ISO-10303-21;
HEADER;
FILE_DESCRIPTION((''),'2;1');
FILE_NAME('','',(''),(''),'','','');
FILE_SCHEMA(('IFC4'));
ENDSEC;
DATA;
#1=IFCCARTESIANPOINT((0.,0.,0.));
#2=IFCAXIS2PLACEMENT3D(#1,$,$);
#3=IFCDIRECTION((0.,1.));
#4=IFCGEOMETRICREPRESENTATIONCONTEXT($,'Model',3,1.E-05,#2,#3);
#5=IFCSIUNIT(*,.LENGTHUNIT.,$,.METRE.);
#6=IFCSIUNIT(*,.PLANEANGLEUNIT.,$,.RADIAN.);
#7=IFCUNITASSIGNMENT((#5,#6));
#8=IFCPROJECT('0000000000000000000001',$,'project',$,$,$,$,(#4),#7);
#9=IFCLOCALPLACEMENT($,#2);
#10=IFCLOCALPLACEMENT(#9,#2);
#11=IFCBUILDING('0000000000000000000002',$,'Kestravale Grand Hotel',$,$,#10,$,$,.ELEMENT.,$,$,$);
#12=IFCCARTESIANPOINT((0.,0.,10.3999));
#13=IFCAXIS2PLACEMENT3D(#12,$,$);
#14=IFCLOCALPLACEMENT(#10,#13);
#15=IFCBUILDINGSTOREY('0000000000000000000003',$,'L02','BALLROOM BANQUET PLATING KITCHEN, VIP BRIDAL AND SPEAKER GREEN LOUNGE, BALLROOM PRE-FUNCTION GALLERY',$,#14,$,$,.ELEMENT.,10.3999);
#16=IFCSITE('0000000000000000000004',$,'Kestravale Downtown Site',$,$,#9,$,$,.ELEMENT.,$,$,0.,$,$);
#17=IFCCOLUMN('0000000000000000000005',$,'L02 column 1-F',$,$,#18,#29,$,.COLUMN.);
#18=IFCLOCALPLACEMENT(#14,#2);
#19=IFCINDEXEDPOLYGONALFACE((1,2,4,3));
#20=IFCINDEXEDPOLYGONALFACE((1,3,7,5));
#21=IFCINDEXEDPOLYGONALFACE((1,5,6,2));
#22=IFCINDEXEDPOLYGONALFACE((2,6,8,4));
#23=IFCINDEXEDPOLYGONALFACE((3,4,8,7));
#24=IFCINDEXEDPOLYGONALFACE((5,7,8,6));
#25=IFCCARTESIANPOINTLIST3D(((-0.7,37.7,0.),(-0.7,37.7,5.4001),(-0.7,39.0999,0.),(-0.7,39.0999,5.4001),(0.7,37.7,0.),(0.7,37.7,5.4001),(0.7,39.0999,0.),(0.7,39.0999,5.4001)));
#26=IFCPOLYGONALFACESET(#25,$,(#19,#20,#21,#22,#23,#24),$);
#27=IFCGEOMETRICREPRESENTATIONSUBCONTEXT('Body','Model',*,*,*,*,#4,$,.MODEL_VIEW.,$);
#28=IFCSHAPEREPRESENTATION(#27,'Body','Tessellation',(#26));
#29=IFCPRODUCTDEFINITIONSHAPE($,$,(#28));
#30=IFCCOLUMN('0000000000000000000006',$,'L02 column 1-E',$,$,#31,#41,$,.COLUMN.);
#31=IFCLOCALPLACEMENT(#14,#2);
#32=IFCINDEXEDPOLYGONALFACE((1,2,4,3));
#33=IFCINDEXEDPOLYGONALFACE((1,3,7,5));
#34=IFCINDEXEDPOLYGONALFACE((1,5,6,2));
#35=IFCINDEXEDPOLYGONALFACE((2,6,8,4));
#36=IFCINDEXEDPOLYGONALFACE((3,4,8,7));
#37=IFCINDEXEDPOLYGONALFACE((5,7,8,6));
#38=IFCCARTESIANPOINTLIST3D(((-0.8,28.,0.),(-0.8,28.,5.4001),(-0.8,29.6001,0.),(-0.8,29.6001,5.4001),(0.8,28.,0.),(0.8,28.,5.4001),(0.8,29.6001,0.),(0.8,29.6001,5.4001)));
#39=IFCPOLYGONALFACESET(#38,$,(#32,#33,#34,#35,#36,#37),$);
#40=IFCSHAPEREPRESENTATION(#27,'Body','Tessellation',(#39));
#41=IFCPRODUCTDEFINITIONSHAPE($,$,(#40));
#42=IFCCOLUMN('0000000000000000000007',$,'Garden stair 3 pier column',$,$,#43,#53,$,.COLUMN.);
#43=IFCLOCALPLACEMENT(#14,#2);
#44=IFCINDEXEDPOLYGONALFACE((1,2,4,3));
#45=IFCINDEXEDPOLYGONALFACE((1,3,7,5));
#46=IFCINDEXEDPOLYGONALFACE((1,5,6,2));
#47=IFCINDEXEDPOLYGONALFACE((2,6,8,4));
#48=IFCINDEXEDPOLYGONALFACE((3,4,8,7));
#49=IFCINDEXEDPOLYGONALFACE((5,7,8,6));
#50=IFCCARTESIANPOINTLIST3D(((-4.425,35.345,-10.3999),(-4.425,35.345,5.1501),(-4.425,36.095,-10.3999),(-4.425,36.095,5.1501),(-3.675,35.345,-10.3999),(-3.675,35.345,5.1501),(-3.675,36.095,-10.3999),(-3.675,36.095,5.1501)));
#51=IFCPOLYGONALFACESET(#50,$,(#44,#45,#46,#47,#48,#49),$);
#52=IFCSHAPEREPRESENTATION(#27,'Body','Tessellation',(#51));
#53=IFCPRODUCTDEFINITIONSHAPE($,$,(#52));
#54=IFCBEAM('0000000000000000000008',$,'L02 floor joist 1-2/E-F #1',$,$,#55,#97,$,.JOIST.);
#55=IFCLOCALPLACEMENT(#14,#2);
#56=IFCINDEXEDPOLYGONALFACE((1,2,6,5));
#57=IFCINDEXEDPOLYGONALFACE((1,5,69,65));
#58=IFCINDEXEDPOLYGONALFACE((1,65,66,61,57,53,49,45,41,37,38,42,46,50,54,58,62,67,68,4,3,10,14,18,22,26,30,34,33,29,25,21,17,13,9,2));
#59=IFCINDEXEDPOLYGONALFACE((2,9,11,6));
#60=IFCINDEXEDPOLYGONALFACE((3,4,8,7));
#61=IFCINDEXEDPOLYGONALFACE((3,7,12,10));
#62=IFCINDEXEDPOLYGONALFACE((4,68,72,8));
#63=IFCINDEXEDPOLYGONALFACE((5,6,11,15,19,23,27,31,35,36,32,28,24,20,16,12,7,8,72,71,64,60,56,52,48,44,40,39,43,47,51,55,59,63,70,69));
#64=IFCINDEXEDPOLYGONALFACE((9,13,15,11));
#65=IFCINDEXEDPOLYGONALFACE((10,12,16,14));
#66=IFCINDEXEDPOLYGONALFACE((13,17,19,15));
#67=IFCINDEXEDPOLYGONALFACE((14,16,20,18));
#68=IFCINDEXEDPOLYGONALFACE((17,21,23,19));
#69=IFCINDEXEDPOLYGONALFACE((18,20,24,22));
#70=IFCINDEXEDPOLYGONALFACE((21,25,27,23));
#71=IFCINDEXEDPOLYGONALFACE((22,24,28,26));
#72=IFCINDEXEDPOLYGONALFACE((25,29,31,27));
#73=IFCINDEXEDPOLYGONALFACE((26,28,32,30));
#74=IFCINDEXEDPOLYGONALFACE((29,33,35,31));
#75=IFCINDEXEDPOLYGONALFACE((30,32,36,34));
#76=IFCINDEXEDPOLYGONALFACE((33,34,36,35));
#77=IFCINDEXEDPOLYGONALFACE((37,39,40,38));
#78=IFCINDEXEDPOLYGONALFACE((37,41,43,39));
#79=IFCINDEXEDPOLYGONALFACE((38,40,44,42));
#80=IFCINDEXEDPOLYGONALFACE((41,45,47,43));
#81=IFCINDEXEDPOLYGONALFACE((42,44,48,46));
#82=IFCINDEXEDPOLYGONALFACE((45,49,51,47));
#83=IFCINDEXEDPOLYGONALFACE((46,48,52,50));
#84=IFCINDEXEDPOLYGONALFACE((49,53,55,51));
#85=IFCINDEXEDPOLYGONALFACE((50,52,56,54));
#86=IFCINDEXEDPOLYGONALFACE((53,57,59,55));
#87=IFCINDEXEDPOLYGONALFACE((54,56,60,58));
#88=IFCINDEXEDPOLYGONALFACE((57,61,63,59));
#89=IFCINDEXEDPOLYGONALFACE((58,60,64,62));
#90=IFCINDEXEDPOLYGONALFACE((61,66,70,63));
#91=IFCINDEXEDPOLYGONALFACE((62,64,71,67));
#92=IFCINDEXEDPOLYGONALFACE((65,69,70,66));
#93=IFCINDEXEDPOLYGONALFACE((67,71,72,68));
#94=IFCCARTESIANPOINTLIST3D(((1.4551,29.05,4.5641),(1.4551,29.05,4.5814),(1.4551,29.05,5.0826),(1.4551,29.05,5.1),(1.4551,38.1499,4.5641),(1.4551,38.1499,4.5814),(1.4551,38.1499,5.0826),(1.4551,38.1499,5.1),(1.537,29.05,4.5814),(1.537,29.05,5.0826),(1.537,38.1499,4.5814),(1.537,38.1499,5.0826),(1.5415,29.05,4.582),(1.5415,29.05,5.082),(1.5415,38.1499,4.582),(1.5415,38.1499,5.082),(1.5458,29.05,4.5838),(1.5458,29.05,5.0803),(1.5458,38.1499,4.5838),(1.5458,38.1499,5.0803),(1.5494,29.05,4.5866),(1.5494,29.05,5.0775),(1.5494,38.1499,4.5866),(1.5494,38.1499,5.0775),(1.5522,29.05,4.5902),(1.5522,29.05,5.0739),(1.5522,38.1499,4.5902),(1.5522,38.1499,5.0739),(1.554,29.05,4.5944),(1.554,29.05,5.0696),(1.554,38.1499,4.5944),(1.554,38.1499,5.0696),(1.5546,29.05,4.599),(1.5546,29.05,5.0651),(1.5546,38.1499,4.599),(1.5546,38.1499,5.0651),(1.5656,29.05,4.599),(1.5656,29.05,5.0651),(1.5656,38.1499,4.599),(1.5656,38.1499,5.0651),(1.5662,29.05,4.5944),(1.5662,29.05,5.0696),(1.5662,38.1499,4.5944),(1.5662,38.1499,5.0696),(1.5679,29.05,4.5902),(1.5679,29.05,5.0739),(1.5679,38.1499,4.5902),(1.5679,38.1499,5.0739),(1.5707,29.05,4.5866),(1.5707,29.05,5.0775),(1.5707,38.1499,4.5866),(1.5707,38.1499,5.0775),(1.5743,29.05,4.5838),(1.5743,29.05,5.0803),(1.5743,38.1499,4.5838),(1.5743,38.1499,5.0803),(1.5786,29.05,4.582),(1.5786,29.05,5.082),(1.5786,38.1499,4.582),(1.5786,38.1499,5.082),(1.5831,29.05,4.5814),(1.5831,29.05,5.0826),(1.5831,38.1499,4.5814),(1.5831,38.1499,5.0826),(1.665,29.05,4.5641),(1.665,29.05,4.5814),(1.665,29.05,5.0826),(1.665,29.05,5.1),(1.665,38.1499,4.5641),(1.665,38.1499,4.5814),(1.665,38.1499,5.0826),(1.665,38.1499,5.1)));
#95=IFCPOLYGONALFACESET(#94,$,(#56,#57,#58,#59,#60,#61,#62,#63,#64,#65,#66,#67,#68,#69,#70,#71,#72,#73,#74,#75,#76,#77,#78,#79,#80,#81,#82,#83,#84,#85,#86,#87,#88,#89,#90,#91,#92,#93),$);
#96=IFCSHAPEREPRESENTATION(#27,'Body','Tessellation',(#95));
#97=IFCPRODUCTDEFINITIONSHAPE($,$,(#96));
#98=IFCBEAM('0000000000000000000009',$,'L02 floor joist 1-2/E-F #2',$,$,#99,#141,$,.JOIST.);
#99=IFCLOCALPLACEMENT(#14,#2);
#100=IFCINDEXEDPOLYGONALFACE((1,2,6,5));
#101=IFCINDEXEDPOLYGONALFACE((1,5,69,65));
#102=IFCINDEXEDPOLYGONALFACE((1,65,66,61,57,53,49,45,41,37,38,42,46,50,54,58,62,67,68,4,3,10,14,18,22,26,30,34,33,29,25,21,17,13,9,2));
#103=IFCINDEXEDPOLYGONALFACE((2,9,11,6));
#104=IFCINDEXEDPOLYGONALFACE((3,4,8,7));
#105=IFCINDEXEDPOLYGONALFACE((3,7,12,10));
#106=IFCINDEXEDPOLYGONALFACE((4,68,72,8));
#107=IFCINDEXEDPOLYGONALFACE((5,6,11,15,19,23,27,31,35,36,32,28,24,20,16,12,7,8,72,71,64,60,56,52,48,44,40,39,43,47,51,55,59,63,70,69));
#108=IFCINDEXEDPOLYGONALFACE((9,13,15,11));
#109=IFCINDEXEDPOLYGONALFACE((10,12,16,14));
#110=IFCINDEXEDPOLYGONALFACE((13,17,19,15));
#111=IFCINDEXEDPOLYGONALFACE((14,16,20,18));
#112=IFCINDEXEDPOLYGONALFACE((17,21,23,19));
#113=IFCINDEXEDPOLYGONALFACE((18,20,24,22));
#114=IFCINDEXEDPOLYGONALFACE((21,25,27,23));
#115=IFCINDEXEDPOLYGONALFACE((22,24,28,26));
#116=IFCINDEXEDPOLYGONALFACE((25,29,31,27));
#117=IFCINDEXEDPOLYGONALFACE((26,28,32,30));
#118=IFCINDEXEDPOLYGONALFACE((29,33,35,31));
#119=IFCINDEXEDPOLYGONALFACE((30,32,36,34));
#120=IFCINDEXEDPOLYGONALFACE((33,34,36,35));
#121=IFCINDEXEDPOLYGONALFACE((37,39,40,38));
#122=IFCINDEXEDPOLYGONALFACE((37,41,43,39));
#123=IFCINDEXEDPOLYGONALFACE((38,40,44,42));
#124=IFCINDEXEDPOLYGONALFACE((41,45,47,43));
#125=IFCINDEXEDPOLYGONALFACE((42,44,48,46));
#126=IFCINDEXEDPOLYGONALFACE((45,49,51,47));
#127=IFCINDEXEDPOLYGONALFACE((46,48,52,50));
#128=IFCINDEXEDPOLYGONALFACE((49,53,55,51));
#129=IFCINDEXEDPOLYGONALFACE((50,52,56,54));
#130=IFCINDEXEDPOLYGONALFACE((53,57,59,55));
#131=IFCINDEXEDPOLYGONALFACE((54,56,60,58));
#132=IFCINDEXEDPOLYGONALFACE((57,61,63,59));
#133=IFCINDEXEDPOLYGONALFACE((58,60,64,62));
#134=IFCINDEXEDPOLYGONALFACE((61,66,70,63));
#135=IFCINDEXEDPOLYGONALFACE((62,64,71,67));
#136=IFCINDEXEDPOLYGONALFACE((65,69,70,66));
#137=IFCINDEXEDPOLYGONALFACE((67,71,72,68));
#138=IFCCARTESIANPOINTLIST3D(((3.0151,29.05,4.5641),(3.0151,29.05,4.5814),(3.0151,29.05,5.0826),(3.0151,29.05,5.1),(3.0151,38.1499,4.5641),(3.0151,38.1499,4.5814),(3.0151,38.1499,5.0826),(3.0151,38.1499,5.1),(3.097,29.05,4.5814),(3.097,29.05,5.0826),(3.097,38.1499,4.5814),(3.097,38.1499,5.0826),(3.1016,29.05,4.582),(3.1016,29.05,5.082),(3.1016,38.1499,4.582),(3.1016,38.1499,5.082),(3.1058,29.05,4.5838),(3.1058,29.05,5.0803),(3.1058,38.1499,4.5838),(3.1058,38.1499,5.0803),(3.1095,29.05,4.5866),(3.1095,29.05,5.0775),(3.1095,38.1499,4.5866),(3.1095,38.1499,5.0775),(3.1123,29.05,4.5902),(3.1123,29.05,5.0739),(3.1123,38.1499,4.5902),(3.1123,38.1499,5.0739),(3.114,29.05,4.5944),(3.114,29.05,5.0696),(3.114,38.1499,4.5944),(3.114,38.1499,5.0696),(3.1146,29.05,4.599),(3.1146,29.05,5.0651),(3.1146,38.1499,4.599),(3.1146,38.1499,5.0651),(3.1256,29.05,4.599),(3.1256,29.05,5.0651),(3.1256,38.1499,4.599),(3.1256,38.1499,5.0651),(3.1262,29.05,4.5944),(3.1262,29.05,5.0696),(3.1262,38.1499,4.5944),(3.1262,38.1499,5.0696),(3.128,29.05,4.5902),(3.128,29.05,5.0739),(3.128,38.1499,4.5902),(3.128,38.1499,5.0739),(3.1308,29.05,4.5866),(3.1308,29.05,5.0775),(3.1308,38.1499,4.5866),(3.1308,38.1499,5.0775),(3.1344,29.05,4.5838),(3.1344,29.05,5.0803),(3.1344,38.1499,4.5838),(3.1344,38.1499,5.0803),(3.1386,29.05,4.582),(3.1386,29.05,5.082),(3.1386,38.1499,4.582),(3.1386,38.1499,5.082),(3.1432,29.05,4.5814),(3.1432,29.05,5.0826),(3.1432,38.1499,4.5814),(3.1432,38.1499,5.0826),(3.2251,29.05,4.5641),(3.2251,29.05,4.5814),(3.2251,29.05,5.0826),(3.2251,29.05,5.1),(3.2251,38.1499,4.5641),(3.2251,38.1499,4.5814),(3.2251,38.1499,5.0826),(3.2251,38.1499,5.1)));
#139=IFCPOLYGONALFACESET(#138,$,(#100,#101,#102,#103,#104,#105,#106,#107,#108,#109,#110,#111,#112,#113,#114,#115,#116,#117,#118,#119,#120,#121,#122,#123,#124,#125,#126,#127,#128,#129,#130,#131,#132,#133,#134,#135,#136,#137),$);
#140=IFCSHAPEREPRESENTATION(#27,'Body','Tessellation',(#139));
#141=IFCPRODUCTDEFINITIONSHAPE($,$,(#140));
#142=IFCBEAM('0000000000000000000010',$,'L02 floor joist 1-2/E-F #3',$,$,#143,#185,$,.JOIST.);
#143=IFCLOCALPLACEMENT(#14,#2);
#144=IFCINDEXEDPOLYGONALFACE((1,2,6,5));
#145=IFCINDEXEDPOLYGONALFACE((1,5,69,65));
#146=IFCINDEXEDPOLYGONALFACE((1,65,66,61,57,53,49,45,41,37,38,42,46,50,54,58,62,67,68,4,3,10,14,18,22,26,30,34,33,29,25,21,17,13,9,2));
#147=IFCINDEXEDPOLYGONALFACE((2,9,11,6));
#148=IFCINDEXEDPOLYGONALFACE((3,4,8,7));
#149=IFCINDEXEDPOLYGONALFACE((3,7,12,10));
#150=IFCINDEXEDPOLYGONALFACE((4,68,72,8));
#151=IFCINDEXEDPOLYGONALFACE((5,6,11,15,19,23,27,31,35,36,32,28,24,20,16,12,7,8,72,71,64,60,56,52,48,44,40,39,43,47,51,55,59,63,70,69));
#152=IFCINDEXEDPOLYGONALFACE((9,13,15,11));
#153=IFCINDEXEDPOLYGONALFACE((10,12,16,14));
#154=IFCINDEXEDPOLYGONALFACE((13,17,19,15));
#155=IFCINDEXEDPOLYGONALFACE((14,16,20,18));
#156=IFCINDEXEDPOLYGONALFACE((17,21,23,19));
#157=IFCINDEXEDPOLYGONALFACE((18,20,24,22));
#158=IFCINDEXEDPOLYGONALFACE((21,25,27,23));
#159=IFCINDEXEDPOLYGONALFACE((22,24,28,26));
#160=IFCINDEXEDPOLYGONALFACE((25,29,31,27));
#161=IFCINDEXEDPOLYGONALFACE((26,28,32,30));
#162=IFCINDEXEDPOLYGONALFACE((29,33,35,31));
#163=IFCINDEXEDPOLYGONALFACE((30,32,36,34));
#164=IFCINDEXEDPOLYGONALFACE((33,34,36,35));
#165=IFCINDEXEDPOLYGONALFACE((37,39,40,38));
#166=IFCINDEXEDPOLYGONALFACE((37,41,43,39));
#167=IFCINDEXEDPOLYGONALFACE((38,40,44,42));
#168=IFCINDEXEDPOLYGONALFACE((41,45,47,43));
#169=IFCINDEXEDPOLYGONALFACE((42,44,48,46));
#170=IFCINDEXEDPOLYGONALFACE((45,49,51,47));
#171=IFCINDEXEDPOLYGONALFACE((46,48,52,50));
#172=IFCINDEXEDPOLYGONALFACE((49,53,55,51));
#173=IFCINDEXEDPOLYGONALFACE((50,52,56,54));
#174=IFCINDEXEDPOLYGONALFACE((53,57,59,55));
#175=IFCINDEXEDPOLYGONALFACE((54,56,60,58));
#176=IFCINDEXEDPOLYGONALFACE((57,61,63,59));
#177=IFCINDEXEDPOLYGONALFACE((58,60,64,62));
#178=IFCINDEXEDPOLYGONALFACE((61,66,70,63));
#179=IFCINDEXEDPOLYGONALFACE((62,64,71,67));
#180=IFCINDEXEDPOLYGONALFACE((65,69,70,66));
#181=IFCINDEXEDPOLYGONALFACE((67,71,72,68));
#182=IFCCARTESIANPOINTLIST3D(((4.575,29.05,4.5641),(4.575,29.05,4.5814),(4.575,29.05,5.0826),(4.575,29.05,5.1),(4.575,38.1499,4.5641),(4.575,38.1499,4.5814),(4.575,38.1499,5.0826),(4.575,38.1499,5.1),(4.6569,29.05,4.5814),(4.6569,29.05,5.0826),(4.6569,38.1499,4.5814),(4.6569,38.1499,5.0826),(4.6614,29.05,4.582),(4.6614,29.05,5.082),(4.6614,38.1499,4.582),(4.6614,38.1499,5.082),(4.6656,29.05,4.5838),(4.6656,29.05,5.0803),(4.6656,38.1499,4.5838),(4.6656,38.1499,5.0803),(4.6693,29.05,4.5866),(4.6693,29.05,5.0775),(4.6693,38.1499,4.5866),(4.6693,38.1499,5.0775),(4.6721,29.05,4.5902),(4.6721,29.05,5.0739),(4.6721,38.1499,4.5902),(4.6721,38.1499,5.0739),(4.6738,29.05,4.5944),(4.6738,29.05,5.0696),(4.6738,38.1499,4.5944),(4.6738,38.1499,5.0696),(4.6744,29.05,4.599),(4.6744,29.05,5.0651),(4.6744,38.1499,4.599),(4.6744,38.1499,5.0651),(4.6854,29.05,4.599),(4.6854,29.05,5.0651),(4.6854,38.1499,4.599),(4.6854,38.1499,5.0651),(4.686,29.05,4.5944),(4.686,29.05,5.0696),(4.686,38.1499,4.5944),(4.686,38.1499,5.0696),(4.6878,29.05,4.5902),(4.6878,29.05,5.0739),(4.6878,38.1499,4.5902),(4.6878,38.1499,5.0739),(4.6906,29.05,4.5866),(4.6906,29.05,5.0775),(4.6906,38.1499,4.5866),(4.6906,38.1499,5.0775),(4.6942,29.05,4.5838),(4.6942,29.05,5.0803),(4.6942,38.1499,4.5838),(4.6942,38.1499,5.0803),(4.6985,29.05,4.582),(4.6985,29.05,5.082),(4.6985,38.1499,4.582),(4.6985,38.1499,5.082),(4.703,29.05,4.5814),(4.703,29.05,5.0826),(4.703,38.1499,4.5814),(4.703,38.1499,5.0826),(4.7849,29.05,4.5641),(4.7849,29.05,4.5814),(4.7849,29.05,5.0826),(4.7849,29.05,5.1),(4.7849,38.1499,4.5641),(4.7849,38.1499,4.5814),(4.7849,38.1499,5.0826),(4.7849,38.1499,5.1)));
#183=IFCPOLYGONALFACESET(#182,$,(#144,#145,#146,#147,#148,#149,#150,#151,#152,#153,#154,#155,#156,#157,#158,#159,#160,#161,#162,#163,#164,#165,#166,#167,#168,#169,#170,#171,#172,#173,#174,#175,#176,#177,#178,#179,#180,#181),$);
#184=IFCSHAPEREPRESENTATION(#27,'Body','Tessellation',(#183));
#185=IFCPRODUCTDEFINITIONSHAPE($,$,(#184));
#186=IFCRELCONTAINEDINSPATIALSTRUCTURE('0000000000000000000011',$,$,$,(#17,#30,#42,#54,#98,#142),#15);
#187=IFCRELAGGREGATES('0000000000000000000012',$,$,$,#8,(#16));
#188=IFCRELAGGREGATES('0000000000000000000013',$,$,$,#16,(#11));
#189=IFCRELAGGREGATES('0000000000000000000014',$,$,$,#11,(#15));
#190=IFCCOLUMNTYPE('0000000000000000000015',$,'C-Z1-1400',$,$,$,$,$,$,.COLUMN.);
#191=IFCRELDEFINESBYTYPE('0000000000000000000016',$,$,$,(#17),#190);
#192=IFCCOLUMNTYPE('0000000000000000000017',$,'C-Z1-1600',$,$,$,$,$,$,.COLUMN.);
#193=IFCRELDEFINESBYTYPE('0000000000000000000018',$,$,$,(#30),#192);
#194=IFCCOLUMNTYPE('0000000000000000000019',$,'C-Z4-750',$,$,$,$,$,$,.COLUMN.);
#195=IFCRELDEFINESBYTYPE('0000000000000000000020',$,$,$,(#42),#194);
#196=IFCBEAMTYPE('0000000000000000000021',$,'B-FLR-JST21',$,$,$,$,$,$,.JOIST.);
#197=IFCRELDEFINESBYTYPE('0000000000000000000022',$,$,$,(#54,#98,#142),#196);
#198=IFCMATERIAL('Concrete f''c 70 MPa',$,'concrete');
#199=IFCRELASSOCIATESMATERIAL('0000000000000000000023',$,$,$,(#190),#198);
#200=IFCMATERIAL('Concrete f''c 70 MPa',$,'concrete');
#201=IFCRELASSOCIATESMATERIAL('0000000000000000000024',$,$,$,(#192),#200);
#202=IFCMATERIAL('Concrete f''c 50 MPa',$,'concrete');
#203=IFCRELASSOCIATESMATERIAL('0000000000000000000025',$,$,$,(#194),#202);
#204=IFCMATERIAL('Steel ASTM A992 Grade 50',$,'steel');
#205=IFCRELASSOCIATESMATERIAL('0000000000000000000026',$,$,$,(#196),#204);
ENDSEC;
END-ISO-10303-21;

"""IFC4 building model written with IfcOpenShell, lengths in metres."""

from ifc_helpers import new_model, si_unit, direction, frame, origin, origin_2d, place, context, subcontext, project, spatial, rectangle, i_section, extrude, material, material_profile, profile_set, type_object, element, save


model = new_model("IFC4")

# Units and contexts
model_context = context("Model", 3, precision=1e-05, world=origin(), true_north=direction((0.0, 1.0)))
body_context = subcontext(model_context, "Body", "Model", "MODEL_VIEW")
ifc_project = project(units=[si_unit("LENGTHUNIT", "METRE"), si_unit("PLANEANGLEUNIT", "RADIAN")], contexts=[model_context])

# Site, building, storey
site_placement = place(None, origin())
site = spatial("IfcSite", under=ifc_project, at=site_placement, Name="Kestravale Downtown Site", CompositionType="ELEMENT", RefElevation=0.0)
building_placement = place(site_placement, origin())
building = spatial("IfcBuilding", under=site, at=building_placement, Name="Kestravale Grand Hotel", CompositionType="ELEMENT")
storey_placement = place(building_placement, frame((0.0, 0.0, 10.3999)))
storey = spatial("IfcBuildingStorey", under=building, at=storey_placement, Name="L02", Description="BALLROOM BANQUET PLATING KITCHEN, VIP BRIDAL AND SPEAKER GREEN LOUNGE, BALLROOM PRE-FUNCTION GALLERY", CompositionType="ELEMENT", Elevation=10.3999)

# Columns
ifc_material_1 = material(Name="Concrete f'c 70 MPa", Category="concrete")
ifc_material_profile_1 = material_profile(ifc_material_1, rectangle(XDim=1.3999, YDim=1.3999, at=origin_2d()))
ifc_profile_set_1 = profile_set([ifc_material_profile_1], Name="Concrete f'c 70 MPa")
column_type_1 = type_object("IfcColumnType", Name="C-Z1-1400", PredefinedType="COLUMN", material=ifc_profile_set_1)
column_1_placement = place(storey_placement, frame((0.0, 38.3999, 0.0), z_axis=(0.0, 0.0, 1.0), x_axis=(1.0, 0.0, 0.0)))
element("IfcColumn", 1, at=column_1_placement, inside=storey, type_object=column_type_1, Name="L02 column 1-F", PredefinedType="COLUMN", context=body_context, shape_type="SweptSolid", body=[
    extrude(rectangle(XDim=1.3999, YDim=1.3999, at=origin_2d()), origin(), (0.0, 0.0, 1.0), 5.4001),
])
ifc_material_2 = material(Name="Concrete f'c 70 MPa", Category="concrete")
ifc_material_profile_2 = material_profile(ifc_material_2, rectangle(XDim=1.6001, YDim=1.6001, at=origin_2d()))
ifc_profile_set_2 = profile_set([ifc_material_profile_2], Name="Concrete f'c 70 MPa")
column_type_2 = type_object("IfcColumnType", Name="C-Z1-1600", PredefinedType="COLUMN", material=ifc_profile_set_2)
column_2_placement = place(storey_placement, frame((0.0, 28.8, 0.0), z_axis=(0.0, 0.0, 1.0), x_axis=(1.0, 0.0, 0.0)))
element("IfcColumn", 2, at=column_2_placement, inside=storey, type_object=column_type_2, Name="L02 column 1-E", PredefinedType="COLUMN", context=body_context, shape_type="SweptSolid", body=[
    extrude(rectangle(XDim=1.6001, YDim=1.6001, at=origin_2d()), origin(), (0.0, 0.0, 1.0), 5.4001),
])
ifc_material_3 = material(Name="Concrete f'c 50 MPa", Category="concrete")
ifc_material_profile_3 = material_profile(ifc_material_3, rectangle(XDim=0.75, YDim=0.75, at=origin_2d()))
ifc_profile_set_3 = profile_set([ifc_material_profile_3], Name="Concrete f'c 50 MPa")
column_type_3 = type_object("IfcColumnType", Name="C-Z4-750", PredefinedType="COLUMN", material=ifc_profile_set_3)
column_3_placement = place(storey_placement, frame((-4.05, 35.72, -10.3999), z_axis=(0.0, 0.0, 1.0), x_axis=(1.0, 0.0, 0.0)))
element("IfcColumn", 3, at=column_3_placement, inside=storey, type_object=column_type_3, Name="Garden stair 3 pier column", PredefinedType="COLUMN", context=body_context, shape_type="SweptSolid", body=[
    extrude(rectangle(XDim=0.75, YDim=0.75, at=origin_2d()), origin(), (0.0, 0.0, 1.0), 15.55),
])

# Beams
ifc_material_4 = material(Name="Steel ASTM A992 Grade 50", Category="steel")
ifc_material_profile_4 = material_profile(ifc_material_4, i_section(OverallWidth=0.21, OverallDepth=0.5359, WebThickness=0.011, FlangeThickness=0.0173, FilletRadius=0.0176, at=origin_2d()))
ifc_profile_set_4 = profile_set([ifc_material_profile_4], Name="Steel ASTM A992 Grade 50")
beam_type_1 = type_object("IfcBeamType", Name="B-FLR-JST21", PredefinedType="JOIST", material=ifc_profile_set_4)
for number, where, z_axis, x_axis, name in (
    (4, (1.5601, 29.05, 4.832), (0.0, 1.0, 0.0), (-1.0, 0.0, 0.0), "L02 floor joist 1-2/E-F #1"),
    (5, (3.1201, 29.05, 4.832), (0.0, 1.0, 0.0), (-1.0, 0.0, 0.0), "L02 floor joist 1-2/E-F #2"),
    (6, (4.6799, 29.05, 4.832), (0.0, 1.0, 0.0), (-1.0, 0.0, 0.0), "L02 floor joist 1-2/E-F #3"),
):
    element("IfcBeam", number, at=place(storey_placement, frame(where, z_axis=z_axis, x_axis=x_axis)), inside=storey, type_object=beam_type_1, Name=name, PredefinedType="JOIST", context=body_context, shape_type="SweptSolid", body=[
        extrude(i_section(OverallWidth=0.21, OverallDepth=0.5359, WebThickness=0.011, FlangeThickness=0.0173, FilletRadius=0.0176, at=origin_2d()), origin(), (0.0, 0.0, 1.0), 9.0999),
    ])

save(model, "model.ifc")
